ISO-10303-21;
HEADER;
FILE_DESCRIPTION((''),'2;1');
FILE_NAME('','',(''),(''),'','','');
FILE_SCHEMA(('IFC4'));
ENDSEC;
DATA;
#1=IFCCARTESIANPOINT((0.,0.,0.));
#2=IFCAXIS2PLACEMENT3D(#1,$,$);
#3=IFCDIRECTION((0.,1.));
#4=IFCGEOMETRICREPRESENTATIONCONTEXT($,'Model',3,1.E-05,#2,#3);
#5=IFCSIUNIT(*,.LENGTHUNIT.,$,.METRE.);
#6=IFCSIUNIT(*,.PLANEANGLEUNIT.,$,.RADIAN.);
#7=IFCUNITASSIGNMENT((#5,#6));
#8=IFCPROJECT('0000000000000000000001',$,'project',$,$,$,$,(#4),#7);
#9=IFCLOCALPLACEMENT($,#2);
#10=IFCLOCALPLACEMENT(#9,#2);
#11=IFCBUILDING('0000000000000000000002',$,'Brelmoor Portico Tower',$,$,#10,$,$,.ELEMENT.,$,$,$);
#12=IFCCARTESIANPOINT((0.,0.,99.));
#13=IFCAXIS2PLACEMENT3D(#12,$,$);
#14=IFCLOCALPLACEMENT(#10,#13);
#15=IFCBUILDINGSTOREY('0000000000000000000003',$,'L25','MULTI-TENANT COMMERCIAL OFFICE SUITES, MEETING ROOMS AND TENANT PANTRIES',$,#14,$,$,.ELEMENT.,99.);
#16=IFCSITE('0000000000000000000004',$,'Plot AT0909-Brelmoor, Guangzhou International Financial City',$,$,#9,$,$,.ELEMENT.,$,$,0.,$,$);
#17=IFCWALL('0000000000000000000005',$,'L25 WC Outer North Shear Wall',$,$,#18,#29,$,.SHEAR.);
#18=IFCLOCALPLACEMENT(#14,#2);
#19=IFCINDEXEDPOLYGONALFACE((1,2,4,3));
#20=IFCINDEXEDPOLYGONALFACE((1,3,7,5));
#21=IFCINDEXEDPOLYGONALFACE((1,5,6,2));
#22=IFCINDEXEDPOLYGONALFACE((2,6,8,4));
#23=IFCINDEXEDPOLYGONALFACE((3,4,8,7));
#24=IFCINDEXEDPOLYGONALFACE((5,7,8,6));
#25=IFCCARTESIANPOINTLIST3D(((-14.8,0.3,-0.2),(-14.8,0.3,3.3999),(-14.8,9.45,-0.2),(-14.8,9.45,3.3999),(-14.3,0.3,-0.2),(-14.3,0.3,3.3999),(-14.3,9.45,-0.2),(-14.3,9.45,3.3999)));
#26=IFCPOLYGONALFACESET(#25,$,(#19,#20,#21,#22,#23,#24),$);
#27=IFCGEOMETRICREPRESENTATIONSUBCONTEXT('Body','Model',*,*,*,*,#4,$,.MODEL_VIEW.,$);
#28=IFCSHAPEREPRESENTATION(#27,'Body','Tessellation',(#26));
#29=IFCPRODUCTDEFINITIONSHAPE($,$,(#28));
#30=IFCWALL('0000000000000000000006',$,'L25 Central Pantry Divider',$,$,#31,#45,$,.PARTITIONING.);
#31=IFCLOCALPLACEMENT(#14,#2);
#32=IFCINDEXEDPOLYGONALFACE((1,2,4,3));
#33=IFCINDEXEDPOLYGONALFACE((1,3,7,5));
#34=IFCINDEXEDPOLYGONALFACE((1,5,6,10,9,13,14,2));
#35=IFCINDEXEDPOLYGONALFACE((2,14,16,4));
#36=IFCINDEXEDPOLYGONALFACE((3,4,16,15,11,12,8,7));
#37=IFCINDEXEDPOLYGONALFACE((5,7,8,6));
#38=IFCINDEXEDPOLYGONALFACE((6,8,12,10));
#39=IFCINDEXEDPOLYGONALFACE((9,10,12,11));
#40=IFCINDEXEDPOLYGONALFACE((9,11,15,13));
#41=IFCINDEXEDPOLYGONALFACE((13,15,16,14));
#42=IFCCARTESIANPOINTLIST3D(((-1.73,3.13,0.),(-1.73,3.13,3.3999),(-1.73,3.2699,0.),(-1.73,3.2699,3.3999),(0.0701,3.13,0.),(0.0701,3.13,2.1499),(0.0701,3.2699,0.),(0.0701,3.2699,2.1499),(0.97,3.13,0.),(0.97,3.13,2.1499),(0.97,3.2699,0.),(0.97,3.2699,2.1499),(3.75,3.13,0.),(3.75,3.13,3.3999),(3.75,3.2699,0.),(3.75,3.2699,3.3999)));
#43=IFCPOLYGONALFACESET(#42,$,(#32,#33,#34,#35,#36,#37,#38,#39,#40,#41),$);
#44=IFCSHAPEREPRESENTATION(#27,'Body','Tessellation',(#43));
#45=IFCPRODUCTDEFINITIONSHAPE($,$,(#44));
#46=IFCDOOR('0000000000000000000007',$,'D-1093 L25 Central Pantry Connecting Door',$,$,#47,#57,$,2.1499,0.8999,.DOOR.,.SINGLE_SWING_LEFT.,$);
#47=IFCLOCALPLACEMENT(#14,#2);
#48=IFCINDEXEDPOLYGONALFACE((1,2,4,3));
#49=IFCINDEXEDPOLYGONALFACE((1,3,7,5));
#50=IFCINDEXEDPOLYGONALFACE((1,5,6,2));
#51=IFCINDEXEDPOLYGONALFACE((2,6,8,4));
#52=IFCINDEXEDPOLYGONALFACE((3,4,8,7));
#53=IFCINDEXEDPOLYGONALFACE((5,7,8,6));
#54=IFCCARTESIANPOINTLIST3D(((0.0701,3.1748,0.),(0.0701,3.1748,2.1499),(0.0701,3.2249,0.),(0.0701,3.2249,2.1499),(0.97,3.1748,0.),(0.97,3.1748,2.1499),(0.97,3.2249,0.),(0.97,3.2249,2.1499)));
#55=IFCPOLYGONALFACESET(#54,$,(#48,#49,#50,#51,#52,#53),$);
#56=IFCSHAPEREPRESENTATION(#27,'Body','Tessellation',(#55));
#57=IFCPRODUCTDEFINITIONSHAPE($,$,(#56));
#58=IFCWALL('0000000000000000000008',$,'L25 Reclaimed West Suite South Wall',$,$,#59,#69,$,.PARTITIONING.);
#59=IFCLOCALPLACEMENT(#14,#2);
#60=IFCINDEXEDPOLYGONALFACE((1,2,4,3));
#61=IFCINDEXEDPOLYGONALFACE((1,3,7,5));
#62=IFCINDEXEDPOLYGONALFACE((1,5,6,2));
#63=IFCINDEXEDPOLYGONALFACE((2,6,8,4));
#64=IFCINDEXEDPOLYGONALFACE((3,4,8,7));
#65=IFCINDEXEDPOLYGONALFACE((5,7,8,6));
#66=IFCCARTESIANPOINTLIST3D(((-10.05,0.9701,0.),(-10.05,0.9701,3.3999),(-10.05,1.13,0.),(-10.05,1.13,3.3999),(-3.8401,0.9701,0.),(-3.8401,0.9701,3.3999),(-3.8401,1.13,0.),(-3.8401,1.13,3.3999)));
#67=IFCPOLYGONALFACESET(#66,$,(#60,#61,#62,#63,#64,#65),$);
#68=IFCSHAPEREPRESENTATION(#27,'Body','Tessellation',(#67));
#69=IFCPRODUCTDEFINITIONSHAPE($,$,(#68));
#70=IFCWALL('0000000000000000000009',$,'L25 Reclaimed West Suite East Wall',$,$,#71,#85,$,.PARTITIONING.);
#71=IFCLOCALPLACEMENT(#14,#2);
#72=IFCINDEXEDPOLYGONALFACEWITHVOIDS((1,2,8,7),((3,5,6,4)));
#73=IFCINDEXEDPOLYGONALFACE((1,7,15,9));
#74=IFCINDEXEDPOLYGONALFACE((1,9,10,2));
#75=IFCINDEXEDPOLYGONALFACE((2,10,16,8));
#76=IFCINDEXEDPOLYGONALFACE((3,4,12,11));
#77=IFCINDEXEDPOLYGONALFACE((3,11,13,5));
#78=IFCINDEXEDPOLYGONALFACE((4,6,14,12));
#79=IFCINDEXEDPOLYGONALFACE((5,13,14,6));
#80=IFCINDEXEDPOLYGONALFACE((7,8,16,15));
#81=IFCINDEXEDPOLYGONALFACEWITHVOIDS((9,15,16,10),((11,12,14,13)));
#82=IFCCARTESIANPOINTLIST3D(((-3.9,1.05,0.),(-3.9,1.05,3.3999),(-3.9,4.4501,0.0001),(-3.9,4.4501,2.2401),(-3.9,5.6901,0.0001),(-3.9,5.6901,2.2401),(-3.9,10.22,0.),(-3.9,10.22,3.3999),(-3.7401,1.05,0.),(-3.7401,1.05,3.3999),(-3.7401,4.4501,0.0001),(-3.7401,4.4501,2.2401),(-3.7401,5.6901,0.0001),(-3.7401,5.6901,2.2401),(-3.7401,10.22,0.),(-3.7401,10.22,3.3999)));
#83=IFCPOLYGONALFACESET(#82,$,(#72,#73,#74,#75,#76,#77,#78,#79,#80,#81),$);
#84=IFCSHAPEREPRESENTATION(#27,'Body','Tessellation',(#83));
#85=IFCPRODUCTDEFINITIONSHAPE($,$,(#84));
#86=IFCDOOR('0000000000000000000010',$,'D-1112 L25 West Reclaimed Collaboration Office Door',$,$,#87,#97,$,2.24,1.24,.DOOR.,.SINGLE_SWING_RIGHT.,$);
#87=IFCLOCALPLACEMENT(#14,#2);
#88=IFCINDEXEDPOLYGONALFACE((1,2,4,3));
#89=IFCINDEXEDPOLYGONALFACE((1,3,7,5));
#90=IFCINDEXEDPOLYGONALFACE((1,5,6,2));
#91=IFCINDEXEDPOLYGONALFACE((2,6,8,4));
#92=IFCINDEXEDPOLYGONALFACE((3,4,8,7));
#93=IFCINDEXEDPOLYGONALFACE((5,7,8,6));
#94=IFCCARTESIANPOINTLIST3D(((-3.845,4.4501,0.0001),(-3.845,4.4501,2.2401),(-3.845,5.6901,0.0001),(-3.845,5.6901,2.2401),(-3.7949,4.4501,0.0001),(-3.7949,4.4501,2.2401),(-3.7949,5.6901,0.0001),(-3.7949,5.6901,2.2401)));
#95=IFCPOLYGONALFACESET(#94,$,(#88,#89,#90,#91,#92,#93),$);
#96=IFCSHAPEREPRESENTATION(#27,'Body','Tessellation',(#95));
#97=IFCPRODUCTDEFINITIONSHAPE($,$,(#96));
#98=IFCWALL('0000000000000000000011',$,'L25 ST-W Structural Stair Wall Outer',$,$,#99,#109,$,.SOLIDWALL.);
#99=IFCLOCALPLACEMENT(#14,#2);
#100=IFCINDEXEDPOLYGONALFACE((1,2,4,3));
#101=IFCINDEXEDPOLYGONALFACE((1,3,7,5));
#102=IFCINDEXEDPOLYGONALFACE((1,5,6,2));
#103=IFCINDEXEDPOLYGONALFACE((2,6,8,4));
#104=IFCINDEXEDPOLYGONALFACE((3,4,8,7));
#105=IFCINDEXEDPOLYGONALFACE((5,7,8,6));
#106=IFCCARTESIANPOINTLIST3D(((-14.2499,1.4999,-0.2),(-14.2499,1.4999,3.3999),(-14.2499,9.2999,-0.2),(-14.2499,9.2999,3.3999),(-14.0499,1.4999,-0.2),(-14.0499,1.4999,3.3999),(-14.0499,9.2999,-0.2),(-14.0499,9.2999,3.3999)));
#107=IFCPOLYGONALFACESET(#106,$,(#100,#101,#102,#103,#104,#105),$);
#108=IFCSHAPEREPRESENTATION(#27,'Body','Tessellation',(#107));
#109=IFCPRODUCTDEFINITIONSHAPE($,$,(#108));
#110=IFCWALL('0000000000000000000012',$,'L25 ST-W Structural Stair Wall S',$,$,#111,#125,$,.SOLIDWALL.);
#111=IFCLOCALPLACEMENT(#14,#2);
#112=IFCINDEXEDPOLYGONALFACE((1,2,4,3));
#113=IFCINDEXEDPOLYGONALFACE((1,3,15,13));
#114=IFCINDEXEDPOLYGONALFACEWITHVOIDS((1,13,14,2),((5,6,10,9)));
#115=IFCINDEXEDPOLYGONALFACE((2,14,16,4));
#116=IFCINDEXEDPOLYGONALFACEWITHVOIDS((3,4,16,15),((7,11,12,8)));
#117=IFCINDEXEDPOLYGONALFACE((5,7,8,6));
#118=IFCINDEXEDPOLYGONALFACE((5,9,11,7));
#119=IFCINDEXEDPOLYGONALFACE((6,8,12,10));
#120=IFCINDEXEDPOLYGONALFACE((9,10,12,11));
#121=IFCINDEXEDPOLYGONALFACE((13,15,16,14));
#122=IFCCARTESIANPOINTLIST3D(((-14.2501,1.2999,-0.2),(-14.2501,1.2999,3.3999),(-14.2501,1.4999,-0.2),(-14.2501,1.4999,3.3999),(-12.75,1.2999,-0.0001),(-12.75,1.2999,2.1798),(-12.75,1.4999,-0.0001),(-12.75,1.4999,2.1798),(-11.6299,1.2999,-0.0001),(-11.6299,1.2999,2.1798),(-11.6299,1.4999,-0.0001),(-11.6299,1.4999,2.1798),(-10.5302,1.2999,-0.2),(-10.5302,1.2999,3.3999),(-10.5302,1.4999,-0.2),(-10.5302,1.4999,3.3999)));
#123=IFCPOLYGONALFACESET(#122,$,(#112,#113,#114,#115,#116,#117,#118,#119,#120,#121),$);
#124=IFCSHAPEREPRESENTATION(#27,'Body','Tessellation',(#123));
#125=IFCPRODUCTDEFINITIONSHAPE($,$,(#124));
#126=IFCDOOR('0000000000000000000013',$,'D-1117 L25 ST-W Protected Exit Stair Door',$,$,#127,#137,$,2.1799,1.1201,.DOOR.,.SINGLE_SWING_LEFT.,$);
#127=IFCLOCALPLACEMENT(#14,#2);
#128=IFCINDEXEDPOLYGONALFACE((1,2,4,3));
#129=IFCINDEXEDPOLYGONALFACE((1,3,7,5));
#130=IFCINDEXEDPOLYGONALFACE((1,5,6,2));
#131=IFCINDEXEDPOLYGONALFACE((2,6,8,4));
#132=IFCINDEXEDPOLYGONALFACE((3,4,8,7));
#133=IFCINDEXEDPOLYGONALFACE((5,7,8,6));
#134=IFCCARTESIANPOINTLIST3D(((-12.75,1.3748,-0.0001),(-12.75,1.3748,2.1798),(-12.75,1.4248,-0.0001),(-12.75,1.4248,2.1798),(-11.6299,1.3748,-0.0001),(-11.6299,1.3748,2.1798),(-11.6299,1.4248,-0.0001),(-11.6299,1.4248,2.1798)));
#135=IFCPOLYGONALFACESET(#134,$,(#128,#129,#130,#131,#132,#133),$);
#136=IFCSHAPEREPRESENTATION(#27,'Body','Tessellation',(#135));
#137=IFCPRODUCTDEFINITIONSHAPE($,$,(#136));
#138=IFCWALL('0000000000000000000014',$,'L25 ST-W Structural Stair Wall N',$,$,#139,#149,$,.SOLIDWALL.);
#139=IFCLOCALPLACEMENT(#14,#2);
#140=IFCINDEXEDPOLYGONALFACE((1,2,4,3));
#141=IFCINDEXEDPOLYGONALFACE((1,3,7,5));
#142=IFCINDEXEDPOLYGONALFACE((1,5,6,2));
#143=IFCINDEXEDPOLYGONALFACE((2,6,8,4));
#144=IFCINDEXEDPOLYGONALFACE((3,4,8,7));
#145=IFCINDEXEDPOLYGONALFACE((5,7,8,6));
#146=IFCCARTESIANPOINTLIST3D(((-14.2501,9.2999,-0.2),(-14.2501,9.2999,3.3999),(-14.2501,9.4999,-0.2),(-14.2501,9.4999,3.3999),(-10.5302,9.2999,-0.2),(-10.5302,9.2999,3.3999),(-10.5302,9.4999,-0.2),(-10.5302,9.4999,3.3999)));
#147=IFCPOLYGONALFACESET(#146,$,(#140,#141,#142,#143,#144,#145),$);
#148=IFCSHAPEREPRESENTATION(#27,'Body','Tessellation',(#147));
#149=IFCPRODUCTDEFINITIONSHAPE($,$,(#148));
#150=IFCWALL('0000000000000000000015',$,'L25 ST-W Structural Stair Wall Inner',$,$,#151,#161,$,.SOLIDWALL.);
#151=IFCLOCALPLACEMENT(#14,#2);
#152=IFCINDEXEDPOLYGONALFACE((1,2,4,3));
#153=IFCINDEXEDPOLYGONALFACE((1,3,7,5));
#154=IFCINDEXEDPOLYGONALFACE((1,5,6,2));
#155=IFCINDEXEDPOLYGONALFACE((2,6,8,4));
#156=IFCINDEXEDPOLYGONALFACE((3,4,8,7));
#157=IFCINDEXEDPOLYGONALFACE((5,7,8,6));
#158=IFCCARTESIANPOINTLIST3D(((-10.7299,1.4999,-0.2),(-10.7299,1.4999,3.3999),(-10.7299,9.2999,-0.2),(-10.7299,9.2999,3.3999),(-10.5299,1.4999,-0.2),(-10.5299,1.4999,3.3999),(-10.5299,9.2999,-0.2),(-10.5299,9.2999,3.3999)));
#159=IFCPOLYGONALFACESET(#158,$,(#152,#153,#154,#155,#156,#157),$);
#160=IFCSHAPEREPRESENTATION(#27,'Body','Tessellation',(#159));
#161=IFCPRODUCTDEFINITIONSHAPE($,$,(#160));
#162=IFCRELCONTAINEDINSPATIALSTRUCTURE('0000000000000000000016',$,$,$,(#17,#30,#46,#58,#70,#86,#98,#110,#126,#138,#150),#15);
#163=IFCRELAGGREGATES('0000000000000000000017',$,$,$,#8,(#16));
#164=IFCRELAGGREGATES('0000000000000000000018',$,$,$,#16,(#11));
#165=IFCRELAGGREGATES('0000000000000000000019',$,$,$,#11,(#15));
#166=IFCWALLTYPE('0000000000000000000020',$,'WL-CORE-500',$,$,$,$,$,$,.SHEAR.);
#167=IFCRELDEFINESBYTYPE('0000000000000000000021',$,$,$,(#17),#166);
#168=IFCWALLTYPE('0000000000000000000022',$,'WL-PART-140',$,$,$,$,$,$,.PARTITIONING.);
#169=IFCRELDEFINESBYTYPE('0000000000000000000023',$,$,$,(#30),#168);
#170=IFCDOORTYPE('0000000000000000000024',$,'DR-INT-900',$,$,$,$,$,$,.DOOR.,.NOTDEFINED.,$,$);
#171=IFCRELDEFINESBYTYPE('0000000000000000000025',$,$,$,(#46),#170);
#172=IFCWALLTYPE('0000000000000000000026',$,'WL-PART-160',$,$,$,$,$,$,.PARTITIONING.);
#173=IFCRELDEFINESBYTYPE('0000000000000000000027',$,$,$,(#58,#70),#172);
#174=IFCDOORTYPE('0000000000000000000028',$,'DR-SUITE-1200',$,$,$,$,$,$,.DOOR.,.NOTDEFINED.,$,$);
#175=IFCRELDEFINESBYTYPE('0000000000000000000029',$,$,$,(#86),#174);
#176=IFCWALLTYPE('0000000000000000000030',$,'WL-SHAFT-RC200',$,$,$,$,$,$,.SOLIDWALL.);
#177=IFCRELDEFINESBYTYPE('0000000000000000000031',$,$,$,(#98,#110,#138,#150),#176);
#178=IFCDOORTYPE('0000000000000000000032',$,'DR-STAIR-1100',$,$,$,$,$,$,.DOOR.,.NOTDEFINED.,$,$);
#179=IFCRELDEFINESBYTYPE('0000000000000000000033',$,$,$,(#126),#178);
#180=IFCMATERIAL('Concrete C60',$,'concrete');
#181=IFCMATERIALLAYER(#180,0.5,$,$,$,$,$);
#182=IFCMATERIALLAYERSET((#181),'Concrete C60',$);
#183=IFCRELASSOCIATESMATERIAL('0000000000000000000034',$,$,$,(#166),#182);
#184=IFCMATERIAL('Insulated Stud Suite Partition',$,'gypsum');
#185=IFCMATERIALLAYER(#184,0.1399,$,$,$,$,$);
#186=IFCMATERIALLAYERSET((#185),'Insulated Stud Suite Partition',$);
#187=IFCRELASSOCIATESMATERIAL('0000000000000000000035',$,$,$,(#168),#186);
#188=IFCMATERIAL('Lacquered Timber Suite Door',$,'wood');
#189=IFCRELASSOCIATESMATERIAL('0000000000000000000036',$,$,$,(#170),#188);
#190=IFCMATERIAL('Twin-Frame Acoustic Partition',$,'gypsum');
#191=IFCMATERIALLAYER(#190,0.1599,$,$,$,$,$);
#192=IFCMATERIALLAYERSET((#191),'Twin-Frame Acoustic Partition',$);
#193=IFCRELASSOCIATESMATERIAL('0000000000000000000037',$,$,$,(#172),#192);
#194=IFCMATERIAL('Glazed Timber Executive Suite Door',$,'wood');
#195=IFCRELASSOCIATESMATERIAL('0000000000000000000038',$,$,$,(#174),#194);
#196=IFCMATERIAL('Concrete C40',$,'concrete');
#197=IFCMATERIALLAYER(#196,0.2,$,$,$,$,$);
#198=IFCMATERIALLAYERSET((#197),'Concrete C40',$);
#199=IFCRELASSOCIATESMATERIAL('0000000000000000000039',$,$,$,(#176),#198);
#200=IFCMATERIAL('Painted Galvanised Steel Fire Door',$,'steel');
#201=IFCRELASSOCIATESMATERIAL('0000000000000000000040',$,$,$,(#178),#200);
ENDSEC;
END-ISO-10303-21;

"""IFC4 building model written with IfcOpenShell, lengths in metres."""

from ifc_helpers import new_model, si_unit, direction, frame, frame_2d, origin, place, context, subcontext, project, spatial, rectangle, extrude, material, layer, layer_set, type_object, element, fill, save


model = new_model("IFC4")

# Units and contexts
model_context = context("Model", 3, precision=1e-05, world=origin(), true_north=direction((0.0, 1.0)))
body_context = subcontext(model_context, "Body", "Model", "MODEL_VIEW")
ifc_project = project(units=[si_unit("LENGTHUNIT", "METRE"), si_unit("PLANEANGLEUNIT", "RADIAN")], contexts=[model_context])

# Site, building, storey
site_placement = place(None, origin())
site = spatial("IfcSite", under=ifc_project, at=site_placement, Name="Plot AT0909-Brelmoor, Guangzhou International Financial City", CompositionType="ELEMENT", RefElevation=0.0)
building_placement = place(site_placement, origin())
building = spatial("IfcBuilding", under=site, at=building_placement, Name="Brelmoor Portico Tower", CompositionType="ELEMENT")
storey_placement = place(building_placement, frame((0.0, 0.0, 99.0)))
storey = spatial("IfcBuildingStorey", under=building, at=storey_placement, Name="L25", Description="MULTI-TENANT COMMERCIAL OFFICE SUITES, MEETING ROOMS AND TENANT PANTRIES", CompositionType="ELEMENT", Elevation=99.0)

# Wall
ifc_material_1 = material(Name="Concrete C60", Category="concrete")
ifc_layer_1 = layer(ifc_material_1, 0.5)
ifc_layer_set_1 = layer_set([ifc_layer_1], Name="Concrete C60")
wall_type_1 = type_object("IfcWallType", Name="WL-CORE-500", PredefinedType="SHEAR", material=ifc_layer_set_1)
wall_1_placement = place(storey_placement, frame((-14.55, 0.3, -0.2), z_axis=(0.0, 0.0, 1.0), x_axis=(0.0, 1.0, 0.0)))
element("IfcWall", 1, at=wall_1_placement, inside=storey, type_object=wall_type_1, Name="L25 WC Outer North Shear Wall", PredefinedType="SHEAR", context=body_context, shape_type="SweptSolid", body=[
    extrude(rectangle(XDim=9.1499, YDim=0.5, at=frame_2d((4.575, 0.0))), origin(), (0.0, 0.0, 1.0), 3.5999),
])

# Wall, opening, door
ifc_material_2 = material(Name="Insulated Stud Suite Partition", Category="gypsum")
ifc_layer_2 = layer(ifc_material_2, 0.1399)
ifc_layer_set_2 = layer_set([ifc_layer_2], Name="Insulated Stud Suite Partition")
wall_type_2 = type_object("IfcWallType", Name="WL-PART-140", PredefinedType="PARTITIONING", material=ifc_layer_set_2)
wall_2_placement = place(storey_placement, frame((-1.73, 3.2, 0.0), z_axis=(0.0, 0.0, 1.0), x_axis=(1.0, 0.0, 0.0)))
wall_2 = element("IfcWall", 2, at=wall_2_placement, inside=storey, type_object=wall_type_2, Name="L25 Central Pantry Divider", PredefinedType="PARTITIONING", context=body_context, shape_type="SweptSolid", body=[
    extrude(rectangle(XDim=5.48, YDim=0.1399, at=frame_2d((2.74, 0.0))), origin(), (0.0, 0.0, 1.0), 3.3999),
])
opening_1_placement = place(wall_2_placement, frame((1.8, 0.0, 0.0)))
opening_1 = element("IfcOpeningElement", 3, at=opening_1_placement, cuts=wall_2, PredefinedType="OPENING", context=body_context, shape_type="SweptSolid", body=[
    extrude(rectangle(XDim=0.8999, YDim=2.1499, at=frame_2d((0.45, 1.075))), frame((0.0, 0.0798, 0.0), z_axis=(0.0, -1.0, 0.0), x_axis=(1.0, 0.0, 0.0)), (0.0, 0.0, 1.0), 0.1599),
])
ifc_material_3 = material(Name="Lacquered Timber Suite Door", Category="wood")
door_type_1 = type_object("IfcDoorType", Name="DR-INT-900", OperationType="NOTDEFINED", PredefinedType="DOOR", material=ifc_material_3)
door_1_placement = place(opening_1_placement, origin())
door_1 = element("IfcDoor", 4, at=door_1_placement, inside=storey, type_object=door_type_1, Name="D-1093 L25 Central Pantry Connecting Door", OperationType="SINGLE_SWING_LEFT", OverallHeight=2.1499, OverallWidth=0.8999, PredefinedType="DOOR", context=body_context, shape_type="SweptSolid", body=[
    extrude(rectangle(XDim=0.8999, YDim=2.1499, at=frame_2d((0.45, 1.075))), frame((0.0, 0.0249, 0.0), z_axis=(0.0, -1.0, 0.0), x_axis=(1.0, 0.0, 0.0)), (0.0, 0.0, 1.0), 0.05),
])
fill(opening_1, door_1)

# Wall
ifc_material_4 = material(Name="Twin-Frame Acoustic Partition", Category="gypsum")
ifc_layer_3 = layer(ifc_material_4, 0.1599)
ifc_layer_set_3 = layer_set([ifc_layer_3], Name="Twin-Frame Acoustic Partition")
wall_type_3 = type_object("IfcWallType", Name="WL-PART-160", PredefinedType="PARTITIONING", material=ifc_layer_set_3)
wall_3_placement = place(storey_placement, frame((-10.05, 1.05, 0.0), z_axis=(0.0, 0.0, 1.0), x_axis=(1.0, 0.0, 0.0)))
element("IfcWall", 5, at=wall_3_placement, inside=storey, type_object=wall_type_3, Name="L25 Reclaimed West Suite South Wall", PredefinedType="PARTITIONING", context=body_context, shape_type="SweptSolid", body=[
    extrude(rectangle(XDim=6.21, YDim=0.1599, at=frame_2d((3.105, 0.0))), origin(), (0.0, 0.0, 1.0), 3.3999),
])

# Wall, opening, door
wall_4_placement = place(storey_placement, frame((-3.8201, 1.05, 0.0), z_axis=(0.0, 0.0, 1.0), x_axis=(0.0, 1.0, 0.0)))
wall_4 = element("IfcWall", 6, at=wall_4_placement, inside=storey, type_object=wall_type_3, Name="L25 Reclaimed West Suite East Wall", PredefinedType="PARTITIONING", context=body_context, shape_type="SweptSolid", body=[
    extrude(rectangle(XDim=9.1699, YDim=0.1599, at=frame_2d((4.585, 0.0))), origin(), (0.0, 0.0, 1.0), 3.3999),
])
opening_2_placement = place(wall_4_placement, frame((3.3999, 0.0, 0.0)))
opening_2 = element("IfcOpeningElement", 7, at=opening_2_placement, cuts=wall_4, PredefinedType="OPENING", context=body_context, shape_type="SweptSolid", body=[
    extrude(rectangle(XDim=1.24, YDim=2.24, at=frame_2d((0.6201, 1.1201))), frame((0.0, 0.0898, 0.0), z_axis=(0.0, -1.0, 0.0), x_axis=(1.0, 0.0, 0.0)), (0.0, 0.0, 1.0), 0.1799),
])
ifc_material_5 = material(Name="Glazed Timber Executive Suite Door", Category="wood")
door_type_2 = type_object("IfcDoorType", Name="DR-SUITE-1200", OperationType="NOTDEFINED", PredefinedType="DOOR", material=ifc_material_5)
door_2_placement = place(opening_2_placement, origin())
door_2 = element("IfcDoor", 8, at=door_2_placement, inside=storey, type_object=door_type_2, Name="D-1112 L25 West Reclaimed Collaboration Office Door", OperationType="SINGLE_SWING_RIGHT", OverallHeight=2.24, OverallWidth=1.24, PredefinedType="DOOR", context=body_context, shape_type="SweptSolid", body=[
    extrude(rectangle(XDim=1.24, YDim=2.24, at=frame_2d((0.6201, 1.1201))), frame((0.0, 0.0249, 0.0), z_axis=(0.0, -1.0, 0.0), x_axis=(1.0, 0.0, 0.0)), (0.0, 0.0, 1.0), 0.05),
])
fill(opening_2, door_2)

# Wall
ifc_material_6 = material(Name="Concrete C40", Category="concrete")
ifc_layer_4 = layer(ifc_material_6, 0.2)
ifc_layer_set_4 = layer_set([ifc_layer_4], Name="Concrete C40")
wall_type_4 = type_object("IfcWallType", Name="WL-SHAFT-RC200", PredefinedType="SOLIDWALL", material=ifc_layer_set_4)
wall_5_placement = place(storey_placement, frame((-14.1499, 1.5, -0.2), z_axis=(0.0, 0.0, 1.0), x_axis=(0.0, 1.0, 0.0)))
element("IfcWall", 9, at=wall_5_placement, inside=storey, type_object=wall_type_4, Name="L25 ST-W Structural Stair Wall Outer", PredefinedType="SOLIDWALL", context=body_context, shape_type="SweptSolid", body=[
    extrude(rectangle(XDim=7.8, YDim=0.2, at=frame_2d((3.8999, 0.0))), origin(), (0.0, 0.0, 1.0), 3.5999),
])

# Wall, opening, door
wall_6_placement = place(storey_placement, frame((-14.25, 1.3999, -0.2), z_axis=(0.0, 0.0, 1.0), x_axis=(1.0, 0.0, 0.0)))
wall_6 = element("IfcWall", 10, at=wall_6_placement, inside=storey, type_object=wall_type_4, Name="L25 ST-W Structural Stair Wall S", PredefinedType="SOLIDWALL", context=body_context, shape_type="SweptSolid", body=[
    extrude(rectangle(XDim=3.72, YDim=0.2, at=frame_2d((1.8599, 0.0))), origin(), (0.0, 0.0, 1.0), 3.5999),
])
opening_3_placement = place(wall_6_placement, frame((1.5, 0.0, 0.2)))
opening_3 = element("IfcOpeningElement", 11, at=opening_3_placement, cuts=wall_6, PredefinedType="OPENING", context=body_context, shape_type="SweptSolid", body=[
    extrude(rectangle(XDim=1.1201, YDim=2.1799, at=frame_2d((0.5601, 1.0898))), frame((0.0, 0.1099, 0.0), z_axis=(0.0, -1.0, 0.0), x_axis=(1.0, 0.0, 0.0)), (0.0, 0.0, 1.0), 0.22),
])
ifc_material_7 = material(Name="Painted Galvanised Steel Fire Door", Category="steel")
door_type_3 = type_object("IfcDoorType", Name="DR-STAIR-1100", OperationType="NOTDEFINED", PredefinedType="DOOR", material=ifc_material_7)
door_3_placement = place(opening_3_placement, origin())
door_3 = element("IfcDoor", 12, at=door_3_placement, inside=storey, type_object=door_type_3, Name="D-1117 L25 ST-W Protected Exit Stair Door", OperationType="SINGLE_SWING_LEFT", OverallHeight=2.1799, OverallWidth=1.1201, PredefinedType="DOOR", context=body_context, shape_type="SweptSolid", body=[
    extrude(rectangle(XDim=1.1201, YDim=2.1799, at=frame_2d((0.5601, 1.0898))), frame((0.0, 0.0249, 0.0), z_axis=(0.0, -1.0, 0.0), x_axis=(1.0, 0.0, 0.0)), (0.0, 0.0, 1.0), 0.05),
])
fill(opening_3, door_3)

# Walls
wall_7_placement = place(storey_placement, frame((-14.25, 9.3999, -0.2), z_axis=(0.0, 0.0, 1.0), x_axis=(1.0, 0.0, 0.0)))
element("IfcWall", 13, at=wall_7_placement, inside=storey, type_object=wall_type_4, Name="L25 ST-W Structural Stair Wall N", PredefinedType="SOLIDWALL", context=body_context, shape_type="SweptSolid", body=[
    extrude(rectangle(XDim=3.72, YDim=0.2, at=frame_2d((1.8599, 0.0))), origin(), (0.0, 0.0, 1.0), 3.5999),
])
wall_8_placement = place(storey_placement, frame((-10.6299, 1.5, -0.2), z_axis=(0.0, 0.0, 1.0), x_axis=(0.0, 1.0, 0.0)))
element("IfcWall", 14, at=wall_8_placement, inside=storey, type_object=wall_type_4, Name="L25 ST-W Structural Stair Wall Inner", PredefinedType="SOLIDWALL", context=body_context, shape_type="SweptSolid", body=[
    extrude(rectangle(XDim=7.8, YDim=0.2, at=frame_2d((3.8999, 0.0))), origin(), (0.0, 0.0, 1.0), 3.5999),
])

save(model, "model.ifc")
